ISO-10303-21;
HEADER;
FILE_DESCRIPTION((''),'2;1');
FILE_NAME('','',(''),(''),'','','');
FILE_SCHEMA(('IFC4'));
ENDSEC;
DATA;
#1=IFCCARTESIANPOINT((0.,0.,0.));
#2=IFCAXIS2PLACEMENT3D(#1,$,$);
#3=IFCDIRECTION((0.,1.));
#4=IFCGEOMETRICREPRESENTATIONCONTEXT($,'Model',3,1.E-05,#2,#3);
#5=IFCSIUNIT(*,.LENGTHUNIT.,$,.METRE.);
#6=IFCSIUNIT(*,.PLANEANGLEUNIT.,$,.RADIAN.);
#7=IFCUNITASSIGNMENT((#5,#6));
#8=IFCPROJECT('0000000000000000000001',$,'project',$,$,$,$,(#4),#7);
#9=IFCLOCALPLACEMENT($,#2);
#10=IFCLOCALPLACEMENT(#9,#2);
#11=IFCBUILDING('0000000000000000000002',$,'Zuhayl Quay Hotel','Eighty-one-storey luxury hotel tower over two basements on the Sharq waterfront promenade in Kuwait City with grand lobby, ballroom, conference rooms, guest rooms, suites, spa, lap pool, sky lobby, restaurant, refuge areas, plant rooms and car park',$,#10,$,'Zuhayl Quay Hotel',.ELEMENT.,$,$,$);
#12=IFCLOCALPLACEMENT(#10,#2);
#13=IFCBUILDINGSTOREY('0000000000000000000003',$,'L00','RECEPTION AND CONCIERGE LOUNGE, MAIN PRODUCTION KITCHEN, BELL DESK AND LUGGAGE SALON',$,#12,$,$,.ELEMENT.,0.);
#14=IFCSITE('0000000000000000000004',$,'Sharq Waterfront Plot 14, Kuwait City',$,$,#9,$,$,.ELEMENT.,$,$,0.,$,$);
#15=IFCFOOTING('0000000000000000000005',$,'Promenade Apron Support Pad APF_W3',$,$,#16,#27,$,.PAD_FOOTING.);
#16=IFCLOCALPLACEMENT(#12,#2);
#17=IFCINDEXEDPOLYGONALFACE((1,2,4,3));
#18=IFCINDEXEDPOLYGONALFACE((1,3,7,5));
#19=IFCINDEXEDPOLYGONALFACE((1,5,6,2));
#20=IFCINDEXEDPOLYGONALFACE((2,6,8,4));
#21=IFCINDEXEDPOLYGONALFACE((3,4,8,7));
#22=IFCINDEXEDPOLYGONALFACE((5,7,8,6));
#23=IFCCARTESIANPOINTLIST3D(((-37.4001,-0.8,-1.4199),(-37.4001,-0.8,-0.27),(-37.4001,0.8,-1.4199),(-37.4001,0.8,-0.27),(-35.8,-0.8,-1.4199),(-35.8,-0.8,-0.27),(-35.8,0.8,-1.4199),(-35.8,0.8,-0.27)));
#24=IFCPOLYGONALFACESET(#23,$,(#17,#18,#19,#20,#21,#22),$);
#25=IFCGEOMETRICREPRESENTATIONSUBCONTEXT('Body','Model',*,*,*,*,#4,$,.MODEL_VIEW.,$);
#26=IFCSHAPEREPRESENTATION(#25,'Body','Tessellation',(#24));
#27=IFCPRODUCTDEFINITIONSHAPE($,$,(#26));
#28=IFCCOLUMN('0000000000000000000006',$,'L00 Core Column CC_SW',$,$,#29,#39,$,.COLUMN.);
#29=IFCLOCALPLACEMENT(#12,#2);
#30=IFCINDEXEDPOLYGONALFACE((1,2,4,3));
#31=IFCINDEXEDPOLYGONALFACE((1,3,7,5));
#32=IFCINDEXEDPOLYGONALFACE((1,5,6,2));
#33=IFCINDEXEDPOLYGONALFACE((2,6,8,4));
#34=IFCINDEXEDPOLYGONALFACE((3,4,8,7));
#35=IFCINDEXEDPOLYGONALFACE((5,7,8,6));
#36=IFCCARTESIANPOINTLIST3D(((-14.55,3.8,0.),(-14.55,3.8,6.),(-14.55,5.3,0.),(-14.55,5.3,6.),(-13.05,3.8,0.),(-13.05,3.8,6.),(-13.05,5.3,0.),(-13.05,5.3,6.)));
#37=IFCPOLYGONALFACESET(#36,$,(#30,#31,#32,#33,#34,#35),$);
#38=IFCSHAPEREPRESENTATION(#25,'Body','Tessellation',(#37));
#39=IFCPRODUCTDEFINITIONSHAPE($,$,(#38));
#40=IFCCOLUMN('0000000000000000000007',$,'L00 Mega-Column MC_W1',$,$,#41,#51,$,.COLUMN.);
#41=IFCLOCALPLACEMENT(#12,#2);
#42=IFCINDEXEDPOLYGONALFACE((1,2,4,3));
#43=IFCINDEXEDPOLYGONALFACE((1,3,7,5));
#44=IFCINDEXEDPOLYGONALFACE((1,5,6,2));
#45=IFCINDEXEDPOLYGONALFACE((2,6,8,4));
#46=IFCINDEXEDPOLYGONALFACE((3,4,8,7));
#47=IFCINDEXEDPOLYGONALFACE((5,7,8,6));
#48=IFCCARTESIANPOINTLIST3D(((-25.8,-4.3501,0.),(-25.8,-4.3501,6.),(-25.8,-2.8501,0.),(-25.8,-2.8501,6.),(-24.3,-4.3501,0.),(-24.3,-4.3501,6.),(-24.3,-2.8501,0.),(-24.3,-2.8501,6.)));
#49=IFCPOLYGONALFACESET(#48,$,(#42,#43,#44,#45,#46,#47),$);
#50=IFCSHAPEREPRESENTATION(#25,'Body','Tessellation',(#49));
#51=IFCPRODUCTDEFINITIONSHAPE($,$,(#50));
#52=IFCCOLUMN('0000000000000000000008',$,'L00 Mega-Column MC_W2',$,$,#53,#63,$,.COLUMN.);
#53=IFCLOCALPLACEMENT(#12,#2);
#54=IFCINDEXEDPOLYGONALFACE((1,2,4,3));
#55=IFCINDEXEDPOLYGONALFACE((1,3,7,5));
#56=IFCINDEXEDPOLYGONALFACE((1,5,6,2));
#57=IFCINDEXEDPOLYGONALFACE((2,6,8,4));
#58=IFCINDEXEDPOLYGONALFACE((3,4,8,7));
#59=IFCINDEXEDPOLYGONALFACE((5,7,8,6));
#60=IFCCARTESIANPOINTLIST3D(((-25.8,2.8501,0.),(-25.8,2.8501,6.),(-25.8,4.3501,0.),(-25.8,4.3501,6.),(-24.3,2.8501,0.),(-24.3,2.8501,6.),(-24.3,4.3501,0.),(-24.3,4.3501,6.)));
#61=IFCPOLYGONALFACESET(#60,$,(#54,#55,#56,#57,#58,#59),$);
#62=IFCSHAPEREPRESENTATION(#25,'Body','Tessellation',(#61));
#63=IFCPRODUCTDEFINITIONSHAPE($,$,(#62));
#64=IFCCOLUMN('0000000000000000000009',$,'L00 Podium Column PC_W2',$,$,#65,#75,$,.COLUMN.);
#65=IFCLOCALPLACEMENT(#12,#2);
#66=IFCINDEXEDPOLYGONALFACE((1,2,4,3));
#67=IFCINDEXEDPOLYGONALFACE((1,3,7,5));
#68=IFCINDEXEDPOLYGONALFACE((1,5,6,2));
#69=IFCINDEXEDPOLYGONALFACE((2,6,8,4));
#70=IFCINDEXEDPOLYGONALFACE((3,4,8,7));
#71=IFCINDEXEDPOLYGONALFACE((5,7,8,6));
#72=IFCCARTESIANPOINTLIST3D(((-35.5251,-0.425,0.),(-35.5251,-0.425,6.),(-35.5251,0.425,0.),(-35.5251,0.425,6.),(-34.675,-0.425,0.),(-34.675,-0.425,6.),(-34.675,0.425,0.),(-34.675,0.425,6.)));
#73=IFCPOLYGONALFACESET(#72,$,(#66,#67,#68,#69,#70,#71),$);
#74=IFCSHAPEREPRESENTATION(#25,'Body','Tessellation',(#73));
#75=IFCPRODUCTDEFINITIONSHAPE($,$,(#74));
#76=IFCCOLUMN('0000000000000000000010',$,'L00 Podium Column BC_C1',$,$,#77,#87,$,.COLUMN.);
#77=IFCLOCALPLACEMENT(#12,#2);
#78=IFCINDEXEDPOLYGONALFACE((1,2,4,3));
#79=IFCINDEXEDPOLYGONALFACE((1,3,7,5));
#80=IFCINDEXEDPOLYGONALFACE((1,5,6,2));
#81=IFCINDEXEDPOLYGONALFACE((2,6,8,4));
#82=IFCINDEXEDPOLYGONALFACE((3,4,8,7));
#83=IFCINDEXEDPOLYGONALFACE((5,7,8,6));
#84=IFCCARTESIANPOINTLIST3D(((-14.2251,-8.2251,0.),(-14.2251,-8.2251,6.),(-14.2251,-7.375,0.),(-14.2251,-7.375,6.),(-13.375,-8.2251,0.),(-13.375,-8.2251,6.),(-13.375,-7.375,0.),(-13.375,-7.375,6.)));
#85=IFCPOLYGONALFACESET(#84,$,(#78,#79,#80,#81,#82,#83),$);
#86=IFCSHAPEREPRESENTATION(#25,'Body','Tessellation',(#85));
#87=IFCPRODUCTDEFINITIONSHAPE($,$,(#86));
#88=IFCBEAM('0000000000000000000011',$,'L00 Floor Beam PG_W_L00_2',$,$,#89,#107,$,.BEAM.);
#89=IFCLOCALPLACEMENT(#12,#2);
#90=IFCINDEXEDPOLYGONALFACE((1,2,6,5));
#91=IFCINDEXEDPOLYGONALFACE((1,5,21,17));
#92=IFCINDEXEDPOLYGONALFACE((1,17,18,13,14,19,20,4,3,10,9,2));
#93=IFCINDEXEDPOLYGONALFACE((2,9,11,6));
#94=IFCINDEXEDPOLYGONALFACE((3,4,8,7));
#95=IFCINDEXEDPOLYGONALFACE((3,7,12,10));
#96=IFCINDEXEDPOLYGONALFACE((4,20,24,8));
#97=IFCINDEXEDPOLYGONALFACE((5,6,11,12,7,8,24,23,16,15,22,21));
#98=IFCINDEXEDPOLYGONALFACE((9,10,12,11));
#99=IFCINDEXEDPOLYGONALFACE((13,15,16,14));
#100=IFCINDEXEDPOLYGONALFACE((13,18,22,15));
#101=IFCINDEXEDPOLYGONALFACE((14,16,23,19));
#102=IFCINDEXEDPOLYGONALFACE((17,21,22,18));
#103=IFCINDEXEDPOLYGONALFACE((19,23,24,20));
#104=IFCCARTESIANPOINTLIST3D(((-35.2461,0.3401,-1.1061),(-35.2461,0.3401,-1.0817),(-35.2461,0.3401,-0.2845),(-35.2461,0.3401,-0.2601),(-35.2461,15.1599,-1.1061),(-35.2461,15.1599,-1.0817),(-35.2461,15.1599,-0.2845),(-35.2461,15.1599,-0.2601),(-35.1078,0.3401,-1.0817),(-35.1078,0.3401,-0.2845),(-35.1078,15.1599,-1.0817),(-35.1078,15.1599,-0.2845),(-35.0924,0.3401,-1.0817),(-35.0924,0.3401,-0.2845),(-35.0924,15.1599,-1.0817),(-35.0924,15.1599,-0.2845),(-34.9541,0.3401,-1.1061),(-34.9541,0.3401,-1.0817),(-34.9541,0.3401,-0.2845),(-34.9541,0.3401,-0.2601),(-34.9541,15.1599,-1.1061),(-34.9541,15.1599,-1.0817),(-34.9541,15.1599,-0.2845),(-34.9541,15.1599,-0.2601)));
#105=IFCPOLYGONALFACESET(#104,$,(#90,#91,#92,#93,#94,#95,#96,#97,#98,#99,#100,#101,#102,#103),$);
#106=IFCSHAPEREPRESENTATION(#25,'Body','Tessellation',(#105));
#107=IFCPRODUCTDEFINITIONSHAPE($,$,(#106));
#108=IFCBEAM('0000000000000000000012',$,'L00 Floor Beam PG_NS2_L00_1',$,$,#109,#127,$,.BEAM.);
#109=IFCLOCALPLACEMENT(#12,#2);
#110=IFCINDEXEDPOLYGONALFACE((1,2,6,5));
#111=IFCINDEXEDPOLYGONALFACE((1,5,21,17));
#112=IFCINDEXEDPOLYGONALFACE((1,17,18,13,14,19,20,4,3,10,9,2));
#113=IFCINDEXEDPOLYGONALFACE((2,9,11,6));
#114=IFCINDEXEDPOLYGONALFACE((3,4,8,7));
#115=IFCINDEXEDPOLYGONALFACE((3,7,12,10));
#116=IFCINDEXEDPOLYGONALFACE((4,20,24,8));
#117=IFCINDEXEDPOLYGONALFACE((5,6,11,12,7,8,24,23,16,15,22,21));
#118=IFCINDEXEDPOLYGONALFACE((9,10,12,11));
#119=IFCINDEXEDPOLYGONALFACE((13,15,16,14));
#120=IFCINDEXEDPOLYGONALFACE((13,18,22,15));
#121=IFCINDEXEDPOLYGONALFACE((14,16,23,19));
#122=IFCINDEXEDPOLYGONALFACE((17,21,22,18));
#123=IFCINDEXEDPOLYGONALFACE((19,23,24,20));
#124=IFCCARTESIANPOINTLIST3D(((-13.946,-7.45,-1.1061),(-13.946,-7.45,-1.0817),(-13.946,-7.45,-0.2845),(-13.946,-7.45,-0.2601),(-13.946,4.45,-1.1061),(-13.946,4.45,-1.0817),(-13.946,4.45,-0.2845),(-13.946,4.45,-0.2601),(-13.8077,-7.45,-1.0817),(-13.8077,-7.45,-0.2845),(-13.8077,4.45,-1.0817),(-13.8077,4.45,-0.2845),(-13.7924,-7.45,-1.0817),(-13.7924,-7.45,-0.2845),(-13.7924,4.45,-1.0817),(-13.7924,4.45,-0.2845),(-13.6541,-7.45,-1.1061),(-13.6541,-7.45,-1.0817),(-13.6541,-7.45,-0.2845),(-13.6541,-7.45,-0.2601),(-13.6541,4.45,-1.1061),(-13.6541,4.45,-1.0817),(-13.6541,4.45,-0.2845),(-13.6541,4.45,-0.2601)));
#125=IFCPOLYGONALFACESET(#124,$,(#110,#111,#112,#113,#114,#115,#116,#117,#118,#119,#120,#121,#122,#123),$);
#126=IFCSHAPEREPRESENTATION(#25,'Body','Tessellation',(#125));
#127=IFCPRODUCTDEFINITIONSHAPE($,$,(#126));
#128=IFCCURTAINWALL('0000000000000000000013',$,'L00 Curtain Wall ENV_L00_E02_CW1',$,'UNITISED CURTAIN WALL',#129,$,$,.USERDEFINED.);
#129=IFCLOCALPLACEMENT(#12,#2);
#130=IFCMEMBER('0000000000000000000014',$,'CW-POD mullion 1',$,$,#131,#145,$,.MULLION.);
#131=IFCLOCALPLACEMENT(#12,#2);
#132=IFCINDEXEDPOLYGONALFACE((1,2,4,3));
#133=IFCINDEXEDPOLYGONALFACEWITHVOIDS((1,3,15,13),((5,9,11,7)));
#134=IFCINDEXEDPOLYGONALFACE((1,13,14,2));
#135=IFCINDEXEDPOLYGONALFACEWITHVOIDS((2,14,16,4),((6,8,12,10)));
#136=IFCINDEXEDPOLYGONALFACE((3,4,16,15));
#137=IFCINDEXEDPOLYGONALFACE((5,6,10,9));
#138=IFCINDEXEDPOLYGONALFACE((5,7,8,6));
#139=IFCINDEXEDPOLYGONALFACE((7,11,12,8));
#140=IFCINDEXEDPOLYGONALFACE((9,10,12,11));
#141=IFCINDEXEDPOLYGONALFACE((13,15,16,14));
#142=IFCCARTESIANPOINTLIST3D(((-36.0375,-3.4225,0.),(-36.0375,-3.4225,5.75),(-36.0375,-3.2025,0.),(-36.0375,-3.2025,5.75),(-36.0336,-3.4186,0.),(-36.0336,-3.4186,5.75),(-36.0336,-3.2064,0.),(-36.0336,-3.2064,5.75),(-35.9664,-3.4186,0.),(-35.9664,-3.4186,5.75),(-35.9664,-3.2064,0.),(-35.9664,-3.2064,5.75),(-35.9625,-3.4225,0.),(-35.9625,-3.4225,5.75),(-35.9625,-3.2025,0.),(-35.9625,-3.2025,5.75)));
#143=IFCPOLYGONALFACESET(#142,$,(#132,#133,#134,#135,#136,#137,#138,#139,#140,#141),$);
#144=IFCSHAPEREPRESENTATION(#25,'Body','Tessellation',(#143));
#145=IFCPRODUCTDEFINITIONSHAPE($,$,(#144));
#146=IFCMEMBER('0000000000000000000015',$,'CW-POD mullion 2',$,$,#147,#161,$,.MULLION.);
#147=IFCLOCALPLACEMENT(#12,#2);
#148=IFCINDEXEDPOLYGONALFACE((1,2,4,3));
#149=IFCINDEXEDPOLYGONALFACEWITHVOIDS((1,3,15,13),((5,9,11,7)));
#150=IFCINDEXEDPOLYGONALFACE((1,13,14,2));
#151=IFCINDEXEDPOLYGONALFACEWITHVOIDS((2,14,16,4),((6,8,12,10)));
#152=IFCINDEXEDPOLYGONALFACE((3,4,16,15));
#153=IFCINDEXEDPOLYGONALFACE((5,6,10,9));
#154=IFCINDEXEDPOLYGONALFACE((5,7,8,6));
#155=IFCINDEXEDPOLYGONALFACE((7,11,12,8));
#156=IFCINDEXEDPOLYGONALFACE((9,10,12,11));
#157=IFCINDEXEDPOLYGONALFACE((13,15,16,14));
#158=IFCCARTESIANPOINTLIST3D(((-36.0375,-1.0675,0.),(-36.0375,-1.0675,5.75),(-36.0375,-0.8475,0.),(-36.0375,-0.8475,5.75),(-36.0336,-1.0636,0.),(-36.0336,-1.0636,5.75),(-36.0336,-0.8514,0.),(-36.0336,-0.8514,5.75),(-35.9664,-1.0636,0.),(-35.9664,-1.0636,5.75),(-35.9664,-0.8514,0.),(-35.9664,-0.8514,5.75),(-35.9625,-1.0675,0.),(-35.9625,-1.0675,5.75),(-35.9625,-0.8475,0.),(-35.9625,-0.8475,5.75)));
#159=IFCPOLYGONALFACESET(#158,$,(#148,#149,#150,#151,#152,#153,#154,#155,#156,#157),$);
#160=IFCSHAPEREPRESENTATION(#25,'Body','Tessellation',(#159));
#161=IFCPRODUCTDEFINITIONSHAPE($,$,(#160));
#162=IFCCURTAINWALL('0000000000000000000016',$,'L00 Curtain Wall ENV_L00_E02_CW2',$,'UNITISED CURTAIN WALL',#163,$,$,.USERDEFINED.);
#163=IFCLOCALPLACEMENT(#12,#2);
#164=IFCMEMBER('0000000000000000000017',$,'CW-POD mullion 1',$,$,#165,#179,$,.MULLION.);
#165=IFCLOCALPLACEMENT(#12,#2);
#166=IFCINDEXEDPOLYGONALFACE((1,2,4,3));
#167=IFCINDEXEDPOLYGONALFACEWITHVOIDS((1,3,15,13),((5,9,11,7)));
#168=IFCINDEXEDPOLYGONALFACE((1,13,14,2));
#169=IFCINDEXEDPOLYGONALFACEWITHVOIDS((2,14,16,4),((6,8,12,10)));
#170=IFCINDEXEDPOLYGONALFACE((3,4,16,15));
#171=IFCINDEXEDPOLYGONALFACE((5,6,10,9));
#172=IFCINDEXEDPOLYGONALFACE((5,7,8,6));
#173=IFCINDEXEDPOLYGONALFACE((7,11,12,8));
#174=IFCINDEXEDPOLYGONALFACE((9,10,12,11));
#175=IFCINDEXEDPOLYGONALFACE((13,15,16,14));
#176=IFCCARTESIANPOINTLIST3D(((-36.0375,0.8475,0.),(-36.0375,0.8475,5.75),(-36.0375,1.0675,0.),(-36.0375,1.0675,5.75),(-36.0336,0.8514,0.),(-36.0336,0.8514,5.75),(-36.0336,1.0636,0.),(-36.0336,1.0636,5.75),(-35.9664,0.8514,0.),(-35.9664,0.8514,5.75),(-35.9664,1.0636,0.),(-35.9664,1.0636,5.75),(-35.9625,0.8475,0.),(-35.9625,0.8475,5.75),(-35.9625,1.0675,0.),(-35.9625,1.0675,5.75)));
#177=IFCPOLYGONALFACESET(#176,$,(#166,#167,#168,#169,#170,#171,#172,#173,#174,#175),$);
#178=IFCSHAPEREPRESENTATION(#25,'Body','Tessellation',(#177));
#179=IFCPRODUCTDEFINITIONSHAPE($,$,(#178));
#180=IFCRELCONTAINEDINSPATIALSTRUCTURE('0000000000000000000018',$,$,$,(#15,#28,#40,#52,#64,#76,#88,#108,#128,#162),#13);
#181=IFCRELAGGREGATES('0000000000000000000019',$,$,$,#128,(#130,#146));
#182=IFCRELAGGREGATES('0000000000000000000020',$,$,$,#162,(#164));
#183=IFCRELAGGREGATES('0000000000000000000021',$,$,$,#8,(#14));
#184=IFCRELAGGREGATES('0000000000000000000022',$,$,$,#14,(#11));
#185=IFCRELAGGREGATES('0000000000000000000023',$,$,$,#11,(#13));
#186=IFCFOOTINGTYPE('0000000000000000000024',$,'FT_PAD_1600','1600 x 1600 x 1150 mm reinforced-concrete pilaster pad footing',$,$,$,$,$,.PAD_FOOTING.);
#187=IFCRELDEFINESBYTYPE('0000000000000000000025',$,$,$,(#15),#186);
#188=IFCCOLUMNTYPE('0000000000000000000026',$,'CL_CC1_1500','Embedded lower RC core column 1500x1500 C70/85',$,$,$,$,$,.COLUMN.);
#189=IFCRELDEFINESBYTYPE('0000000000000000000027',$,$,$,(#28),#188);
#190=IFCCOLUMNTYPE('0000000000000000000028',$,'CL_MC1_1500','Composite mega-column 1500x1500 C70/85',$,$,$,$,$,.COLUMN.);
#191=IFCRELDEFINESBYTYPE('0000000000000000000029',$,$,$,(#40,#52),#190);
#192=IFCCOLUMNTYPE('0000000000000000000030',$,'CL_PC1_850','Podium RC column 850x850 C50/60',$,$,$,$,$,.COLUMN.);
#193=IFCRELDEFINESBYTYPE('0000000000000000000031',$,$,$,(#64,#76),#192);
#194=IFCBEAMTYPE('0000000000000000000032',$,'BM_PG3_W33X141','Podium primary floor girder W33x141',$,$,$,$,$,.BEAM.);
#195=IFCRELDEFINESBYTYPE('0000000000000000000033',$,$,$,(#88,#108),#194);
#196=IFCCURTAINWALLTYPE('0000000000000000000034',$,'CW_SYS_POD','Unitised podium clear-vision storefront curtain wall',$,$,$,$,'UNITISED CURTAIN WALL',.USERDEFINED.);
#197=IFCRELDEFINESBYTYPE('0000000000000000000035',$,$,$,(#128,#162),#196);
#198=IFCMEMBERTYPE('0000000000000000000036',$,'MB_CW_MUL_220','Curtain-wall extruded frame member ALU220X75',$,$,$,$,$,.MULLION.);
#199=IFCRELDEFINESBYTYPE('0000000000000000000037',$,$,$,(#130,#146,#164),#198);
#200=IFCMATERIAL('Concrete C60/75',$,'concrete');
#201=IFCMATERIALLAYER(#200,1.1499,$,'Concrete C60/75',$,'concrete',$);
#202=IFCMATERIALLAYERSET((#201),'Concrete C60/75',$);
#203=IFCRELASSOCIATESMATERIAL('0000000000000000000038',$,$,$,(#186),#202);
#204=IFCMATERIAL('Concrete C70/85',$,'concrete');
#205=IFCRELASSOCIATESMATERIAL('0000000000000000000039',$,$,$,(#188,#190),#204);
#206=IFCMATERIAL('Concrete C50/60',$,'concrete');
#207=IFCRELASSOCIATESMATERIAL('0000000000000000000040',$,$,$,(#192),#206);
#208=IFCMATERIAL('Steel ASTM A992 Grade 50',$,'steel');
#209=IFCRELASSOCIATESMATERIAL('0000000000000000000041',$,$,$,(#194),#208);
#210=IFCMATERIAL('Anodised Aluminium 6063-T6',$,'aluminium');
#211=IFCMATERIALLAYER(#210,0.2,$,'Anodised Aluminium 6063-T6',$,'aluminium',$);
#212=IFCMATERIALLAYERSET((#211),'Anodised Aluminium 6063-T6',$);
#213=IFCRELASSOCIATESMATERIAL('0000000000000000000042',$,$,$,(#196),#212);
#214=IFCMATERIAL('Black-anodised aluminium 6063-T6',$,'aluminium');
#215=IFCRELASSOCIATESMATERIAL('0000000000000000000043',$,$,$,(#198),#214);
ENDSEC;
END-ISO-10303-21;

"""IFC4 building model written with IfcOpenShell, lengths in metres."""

from ifc_helpers import new_model, si_unit, direction, frame, origin, origin_2d, place, context, subcontext, project, spatial, rectangle, hollow_rectangle, i_section, extrude, material, layer, layer_set, material_profile, profile_set, type_object, element, aggregate, save


model = new_model("IFC4")

# Units and contexts
model_context = context("Model", 3, precision=1e-05, world=origin(), true_north=direction((0.0, 1.0)))
body_context = subcontext(model_context, "Body", "Model", "MODEL_VIEW")
ifc_project = project(units=[si_unit("LENGTHUNIT", "METRE"), si_unit("PLANEANGLEUNIT", "RADIAN")], contexts=[model_context])

# Site, building, storey
site_placement = place(None, origin())
site = spatial("IfcSite", under=ifc_project, at=site_placement, Name="Sharq Waterfront Plot 14, Kuwait City", CompositionType="ELEMENT", RefElevation=0.0)
building_placement = place(site_placement, origin())
building = spatial("IfcBuilding", under=site, at=building_placement, Name="Zuhayl Quay Hotel", Description="Eighty-one-storey luxury hotel tower over two basements on the Sharq waterfront promenade in Kuwait City with grand lobby, ballroom, conference rooms, guest rooms, suites, spa, lap pool, sky lobby, restaurant, refuge areas, plant rooms and car park", LongName="Zuhayl Quay Hotel", CompositionType="ELEMENT")
storey_placement = place(building_placement, origin())
storey = spatial("IfcBuildingStorey", under=building, at=storey_placement, Name="L00", Description="RECEPTION AND CONCIERGE LOUNGE, MAIN PRODUCTION KITCHEN, BELL DESK AND LUGGAGE SALON", CompositionType="ELEMENT", Elevation=0.0)

# Footing
ifc_material_1 = material(Name="Concrete C60/75", Category="concrete")
ifc_layer_1 = layer(ifc_material_1, 1.1499, Name="Concrete C60/75", Category="concrete")
ifc_layer_set_1 = layer_set([ifc_layer_1], Name="Concrete C60/75")
footing_type = type_object("IfcFootingType", Name="FT_PAD_1600", Description="1600 x 1600 x 1150 mm reinforced-concrete pilaster pad footing", PredefinedType="PAD_FOOTING", material=ifc_layer_set_1)
footing_placement = place(storey_placement, frame((-36.6001, 0.0, -1.4199), z_axis=(0.0, 0.0, 1.0), x_axis=(1.0, 0.0, 0.0)))
element("IfcFooting", 1, at=footing_placement, inside=storey, type_object=footing_type, Name="Promenade Apron Support Pad APF_W3", PredefinedType="PAD_FOOTING", context=body_context, shape_type="SweptSolid", body=[
    extrude(rectangle(XDim=1.6001, YDim=1.6001, at=origin_2d()), origin(), (0.0, 0.0, 1.0), 1.1499),
])

# Columns
ifc_material_2 = material(Name="Concrete C70/85", Category="concrete")
ifc_material_profile_1 = material_profile(ifc_material_2, rectangle(XDim=1.5, YDim=1.5, at=origin_2d()), Name="RC1500X1500")
ifc_profile_set_1 = profile_set([ifc_material_profile_1], Name="Concrete C70/85")
column_type_1 = type_object("IfcColumnType", Name="CL_CC1_1500", Description="Embedded lower RC core column 1500x1500 C70/85", PredefinedType="COLUMN", material=ifc_profile_set_1)
column_placement = place(storey_placement, frame((-13.8, 4.55, 0.0), z_axis=(0.0, 0.0, 1.0), x_axis=(1.0, 0.0, 0.0)))
element("IfcColumn", 2, at=column_placement, inside=storey, type_object=column_type_1, Name="L00 Core Column CC_SW", PredefinedType="COLUMN", context=body_context, shape_type="SweptSolid", body=[
    extrude(rectangle(XDim=1.5, YDim=1.5, at=origin_2d()), origin(), (0.0, 0.0, 1.0), 6.0),
])
ifc_material_profile_2 = material_profile(ifc_material_2, rectangle(XDim=1.5, YDim=1.5, at=origin_2d()), Name="RC1500X1500")
ifc_profile_set_2 = profile_set([ifc_material_profile_2], Name="Concrete C70/85")
column_type_2 = type_object("IfcColumnType", Name="CL_MC1_1500", Description="Composite mega-column 1500x1500 C70/85", PredefinedType="COLUMN", material=ifc_profile_set_2)
for number, where, z_axis, x_axis, name in (
    (3, (-25.05, -3.6001, 0.0), (0.0, 0.0, 1.0), (1.0, 0.0, 0.0), "L00 Mega-Column MC_W1"),
    (4, (-25.05, 3.6001, 0.0), (0.0, 0.0, 1.0), (1.0, 0.0, 0.0), "L00 Mega-Column MC_W2"),
):
    element("IfcColumn", number, at=place(storey_placement, frame(where, z_axis=z_axis, x_axis=x_axis)), inside=storey, type_object=column_type_2, Name=name, PredefinedType="COLUMN", context=body_context, shape_type="SweptSolid", body=[
        extrude(rectangle(XDim=1.5, YDim=1.5, at=origin_2d()), origin(), (0.0, 0.0, 1.0), 6.0),
    ])
ifc_material_3 = material(Name="Concrete C50/60", Category="concrete")
ifc_material_profile_3 = material_profile(ifc_material_3, rectangle(XDim=0.8501, YDim=0.8501, at=origin_2d()), Name="RC850X850")
ifc_profile_set_3 = profile_set([ifc_material_profile_3], Name="Concrete C50/60")
column_type_3 = type_object("IfcColumnType", Name="CL_PC1_850", Description="Podium RC column 850x850 C50/60", PredefinedType="COLUMN", material=ifc_profile_set_3)
for number, where, z_axis, x_axis, name in (
    (5, (-35.1001, 0.0, 0.0), (0.0, 0.0, 1.0), (1.0, 0.0, 0.0), "L00 Podium Column PC_W2"),
    (6, (-13.8, -7.8, 0.0), (0.0, 0.0, 1.0), (1.0, 0.0, 0.0), "L00 Podium Column BC_C1"),
):
    element("IfcColumn", number, at=place(storey_placement, frame(where, z_axis=z_axis, x_axis=x_axis)), inside=storey, type_object=column_type_3, Name=name, PredefinedType="COLUMN", context=body_context, shape_type="SweptSolid", body=[
        extrude(rectangle(XDim=0.8501, YDim=0.8501, at=origin_2d()), origin(), (0.0, 0.0, 1.0), 6.0),
    ])

# Beams
ifc_material_4 = material(Name="Steel ASTM A992 Grade 50", Category="steel")
ifc_material_profile_4 = material_profile(ifc_material_4, i_section(OverallWidth=0.292, OverallDepth=0.8459, WebThickness=0.0154, FlangeThickness=0.0244, at=origin_2d()), Name="W33X141")
ifc_profile_set_4 = profile_set([ifc_material_profile_4], Name="Steel ASTM A992 Grade 50")
beam_type = type_object("IfcBeamType", Name="BM_PG3_W33X141", Description="Podium primary floor girder W33x141", PredefinedType="BEAM", material=ifc_profile_set_4)
beam_1_placement = place(storey_placement, frame((-35.1001, 0.3401, -0.6831), z_axis=(0.0, 1.0, 0.0), x_axis=(-1.0, 0.0, 0.0)))
element("IfcBeam", 7, at=beam_1_placement, inside=storey, type_object=beam_type, Name="L00 Floor Beam PG_W_L00_2", PredefinedType="BEAM", context=body_context, shape_type="SweptSolid", body=[
    extrude(i_section(OverallWidth=0.292, OverallDepth=0.8459, WebThickness=0.0154, FlangeThickness=0.0244, at=origin_2d()), origin(), (0.0, 0.0, 1.0), 14.8198),
])
beam_2_placement = place(storey_placement, frame((-13.8, -7.45, -0.6831), z_axis=(0.0, 1.0, 0.0), x_axis=(-1.0, 0.0, 0.0)))
element("IfcBeam", 8, at=beam_2_placement, inside=storey, type_object=beam_type, Name="L00 Floor Beam PG_NS2_L00_1", PredefinedType="BEAM", context=body_context, shape_type="SweptSolid", body=[
    extrude(i_section(OverallWidth=0.292, OverallDepth=0.8459, WebThickness=0.0154, FlangeThickness=0.0244, at=origin_2d()), origin(), (0.0, 0.0, 1.0), 11.8999),
])

# Curtain wall, members
ifc_material_5 = material(Name="Anodised Aluminium 6063-T6", Category="aluminium")
ifc_layer_2 = layer(ifc_material_5, 0.2, Name="Anodised Aluminium 6063-T6", Category="aluminium")
ifc_layer_set_2 = layer_set([ifc_layer_2], Name="Anodised Aluminium 6063-T6")
curtain_wall_type = type_object("IfcCurtainWallType", Name="CW_SYS_POD", Description="Unitised podium clear-vision storefront curtain wall", ElementType="UNITISED CURTAIN WALL", PredefinedType="USERDEFINED", material=ifc_layer_set_2)
curtain_wall_1_placement = place(storey_placement, origin())
curtain_wall_1 = element("IfcCurtainWall", 9, at=curtain_wall_1_placement, inside=storey, type_object=curtain_wall_type, Name="L00 Curtain Wall ENV_L00_E02_CW1", ObjectType="UNITISED CURTAIN WALL", PredefinedType="USERDEFINED")
ifc_material_6 = material(Name="Black-anodised aluminium 6063-T6", Category="aluminium")
ifc_material_profile_5 = material_profile(ifc_material_6, hollow_rectangle(XDim=0.075, YDim=0.22, WallThickness=0.0039, at=origin_2d()), Name="ALU220X75")
ifc_profile_set_5 = profile_set([ifc_material_profile_5], Name="Black-anodised aluminium 6063-T6")
member_type_1 = type_object("IfcMemberType", Name="MB_CW_MUL_220", Description="Curtain-wall extruded frame member ALU220X75", PredefinedType="MULLION", material=ifc_profile_set_5)
member_1_placement = place(storey_placement, frame((-36.0, -3.3125, 0.0), z_axis=(0.0, 0.0, 1.0), x_axis=(-1.0, 0.0, 0.0)))
member_1 = element("IfcMember", 10, at=member_1_placement, type_object=member_type_1, Name="CW-POD mullion 1", PredefinedType="MULLION", context=body_context, shape_type="SweptSolid", body=[
    extrude(hollow_rectangle(XDim=0.075, YDim=0.22, WallThickness=0.0039, at=origin_2d()), origin(), (0.0, 0.0, 1.0), 5.75),
])
member_2_placement = place(storey_placement, frame((-36.0, -0.9575, 0.0), z_axis=(0.0, 0.0, 1.0), x_axis=(-1.0, 0.0, 0.0)))
member_2 = element("IfcMember", 11, at=member_2_placement, type_object=member_type_1, Name="CW-POD mullion 2", PredefinedType="MULLION", context=body_context, shape_type="SweptSolid", body=[
    extrude(hollow_rectangle(XDim=0.075, YDim=0.22, WallThickness=0.0039, at=origin_2d()), origin(), (0.0, 0.0, 1.0), 5.75),
])

# Curtain wall, member
curtain_wall_2_placement = place(storey_placement, origin())
curtain_wall_2 = element("IfcCurtainWall", 12, at=curtain_wall_2_placement, inside=storey, type_object=curtain_wall_type, Name="L00 Curtain Wall ENV_L00_E02_CW2", ObjectType="UNITISED CURTAIN WALL", PredefinedType="USERDEFINED")
member_3_placement = place(storey_placement, frame((-36.0, 0.9575, 0.0), z_axis=(0.0, 0.0, 1.0), x_axis=(-1.0, 0.0, 0.0)))
member_3 = element("IfcMember", 13, at=member_3_placement, type_object=member_type_1, Name="CW-POD mullion 1", PredefinedType="MULLION", context=body_context, shape_type="SweptSolid", body=[
    extrude(hollow_rectangle(XDim=0.075, YDim=0.22, WallThickness=0.0039, at=origin_2d()), origin(), (0.0, 0.0, 1.0), 5.75),
])

aggregate(curtain_wall_1, [member_1, member_2])
aggregate(curtain_wall_2, [member_3])

save(model, "model.ifc")
